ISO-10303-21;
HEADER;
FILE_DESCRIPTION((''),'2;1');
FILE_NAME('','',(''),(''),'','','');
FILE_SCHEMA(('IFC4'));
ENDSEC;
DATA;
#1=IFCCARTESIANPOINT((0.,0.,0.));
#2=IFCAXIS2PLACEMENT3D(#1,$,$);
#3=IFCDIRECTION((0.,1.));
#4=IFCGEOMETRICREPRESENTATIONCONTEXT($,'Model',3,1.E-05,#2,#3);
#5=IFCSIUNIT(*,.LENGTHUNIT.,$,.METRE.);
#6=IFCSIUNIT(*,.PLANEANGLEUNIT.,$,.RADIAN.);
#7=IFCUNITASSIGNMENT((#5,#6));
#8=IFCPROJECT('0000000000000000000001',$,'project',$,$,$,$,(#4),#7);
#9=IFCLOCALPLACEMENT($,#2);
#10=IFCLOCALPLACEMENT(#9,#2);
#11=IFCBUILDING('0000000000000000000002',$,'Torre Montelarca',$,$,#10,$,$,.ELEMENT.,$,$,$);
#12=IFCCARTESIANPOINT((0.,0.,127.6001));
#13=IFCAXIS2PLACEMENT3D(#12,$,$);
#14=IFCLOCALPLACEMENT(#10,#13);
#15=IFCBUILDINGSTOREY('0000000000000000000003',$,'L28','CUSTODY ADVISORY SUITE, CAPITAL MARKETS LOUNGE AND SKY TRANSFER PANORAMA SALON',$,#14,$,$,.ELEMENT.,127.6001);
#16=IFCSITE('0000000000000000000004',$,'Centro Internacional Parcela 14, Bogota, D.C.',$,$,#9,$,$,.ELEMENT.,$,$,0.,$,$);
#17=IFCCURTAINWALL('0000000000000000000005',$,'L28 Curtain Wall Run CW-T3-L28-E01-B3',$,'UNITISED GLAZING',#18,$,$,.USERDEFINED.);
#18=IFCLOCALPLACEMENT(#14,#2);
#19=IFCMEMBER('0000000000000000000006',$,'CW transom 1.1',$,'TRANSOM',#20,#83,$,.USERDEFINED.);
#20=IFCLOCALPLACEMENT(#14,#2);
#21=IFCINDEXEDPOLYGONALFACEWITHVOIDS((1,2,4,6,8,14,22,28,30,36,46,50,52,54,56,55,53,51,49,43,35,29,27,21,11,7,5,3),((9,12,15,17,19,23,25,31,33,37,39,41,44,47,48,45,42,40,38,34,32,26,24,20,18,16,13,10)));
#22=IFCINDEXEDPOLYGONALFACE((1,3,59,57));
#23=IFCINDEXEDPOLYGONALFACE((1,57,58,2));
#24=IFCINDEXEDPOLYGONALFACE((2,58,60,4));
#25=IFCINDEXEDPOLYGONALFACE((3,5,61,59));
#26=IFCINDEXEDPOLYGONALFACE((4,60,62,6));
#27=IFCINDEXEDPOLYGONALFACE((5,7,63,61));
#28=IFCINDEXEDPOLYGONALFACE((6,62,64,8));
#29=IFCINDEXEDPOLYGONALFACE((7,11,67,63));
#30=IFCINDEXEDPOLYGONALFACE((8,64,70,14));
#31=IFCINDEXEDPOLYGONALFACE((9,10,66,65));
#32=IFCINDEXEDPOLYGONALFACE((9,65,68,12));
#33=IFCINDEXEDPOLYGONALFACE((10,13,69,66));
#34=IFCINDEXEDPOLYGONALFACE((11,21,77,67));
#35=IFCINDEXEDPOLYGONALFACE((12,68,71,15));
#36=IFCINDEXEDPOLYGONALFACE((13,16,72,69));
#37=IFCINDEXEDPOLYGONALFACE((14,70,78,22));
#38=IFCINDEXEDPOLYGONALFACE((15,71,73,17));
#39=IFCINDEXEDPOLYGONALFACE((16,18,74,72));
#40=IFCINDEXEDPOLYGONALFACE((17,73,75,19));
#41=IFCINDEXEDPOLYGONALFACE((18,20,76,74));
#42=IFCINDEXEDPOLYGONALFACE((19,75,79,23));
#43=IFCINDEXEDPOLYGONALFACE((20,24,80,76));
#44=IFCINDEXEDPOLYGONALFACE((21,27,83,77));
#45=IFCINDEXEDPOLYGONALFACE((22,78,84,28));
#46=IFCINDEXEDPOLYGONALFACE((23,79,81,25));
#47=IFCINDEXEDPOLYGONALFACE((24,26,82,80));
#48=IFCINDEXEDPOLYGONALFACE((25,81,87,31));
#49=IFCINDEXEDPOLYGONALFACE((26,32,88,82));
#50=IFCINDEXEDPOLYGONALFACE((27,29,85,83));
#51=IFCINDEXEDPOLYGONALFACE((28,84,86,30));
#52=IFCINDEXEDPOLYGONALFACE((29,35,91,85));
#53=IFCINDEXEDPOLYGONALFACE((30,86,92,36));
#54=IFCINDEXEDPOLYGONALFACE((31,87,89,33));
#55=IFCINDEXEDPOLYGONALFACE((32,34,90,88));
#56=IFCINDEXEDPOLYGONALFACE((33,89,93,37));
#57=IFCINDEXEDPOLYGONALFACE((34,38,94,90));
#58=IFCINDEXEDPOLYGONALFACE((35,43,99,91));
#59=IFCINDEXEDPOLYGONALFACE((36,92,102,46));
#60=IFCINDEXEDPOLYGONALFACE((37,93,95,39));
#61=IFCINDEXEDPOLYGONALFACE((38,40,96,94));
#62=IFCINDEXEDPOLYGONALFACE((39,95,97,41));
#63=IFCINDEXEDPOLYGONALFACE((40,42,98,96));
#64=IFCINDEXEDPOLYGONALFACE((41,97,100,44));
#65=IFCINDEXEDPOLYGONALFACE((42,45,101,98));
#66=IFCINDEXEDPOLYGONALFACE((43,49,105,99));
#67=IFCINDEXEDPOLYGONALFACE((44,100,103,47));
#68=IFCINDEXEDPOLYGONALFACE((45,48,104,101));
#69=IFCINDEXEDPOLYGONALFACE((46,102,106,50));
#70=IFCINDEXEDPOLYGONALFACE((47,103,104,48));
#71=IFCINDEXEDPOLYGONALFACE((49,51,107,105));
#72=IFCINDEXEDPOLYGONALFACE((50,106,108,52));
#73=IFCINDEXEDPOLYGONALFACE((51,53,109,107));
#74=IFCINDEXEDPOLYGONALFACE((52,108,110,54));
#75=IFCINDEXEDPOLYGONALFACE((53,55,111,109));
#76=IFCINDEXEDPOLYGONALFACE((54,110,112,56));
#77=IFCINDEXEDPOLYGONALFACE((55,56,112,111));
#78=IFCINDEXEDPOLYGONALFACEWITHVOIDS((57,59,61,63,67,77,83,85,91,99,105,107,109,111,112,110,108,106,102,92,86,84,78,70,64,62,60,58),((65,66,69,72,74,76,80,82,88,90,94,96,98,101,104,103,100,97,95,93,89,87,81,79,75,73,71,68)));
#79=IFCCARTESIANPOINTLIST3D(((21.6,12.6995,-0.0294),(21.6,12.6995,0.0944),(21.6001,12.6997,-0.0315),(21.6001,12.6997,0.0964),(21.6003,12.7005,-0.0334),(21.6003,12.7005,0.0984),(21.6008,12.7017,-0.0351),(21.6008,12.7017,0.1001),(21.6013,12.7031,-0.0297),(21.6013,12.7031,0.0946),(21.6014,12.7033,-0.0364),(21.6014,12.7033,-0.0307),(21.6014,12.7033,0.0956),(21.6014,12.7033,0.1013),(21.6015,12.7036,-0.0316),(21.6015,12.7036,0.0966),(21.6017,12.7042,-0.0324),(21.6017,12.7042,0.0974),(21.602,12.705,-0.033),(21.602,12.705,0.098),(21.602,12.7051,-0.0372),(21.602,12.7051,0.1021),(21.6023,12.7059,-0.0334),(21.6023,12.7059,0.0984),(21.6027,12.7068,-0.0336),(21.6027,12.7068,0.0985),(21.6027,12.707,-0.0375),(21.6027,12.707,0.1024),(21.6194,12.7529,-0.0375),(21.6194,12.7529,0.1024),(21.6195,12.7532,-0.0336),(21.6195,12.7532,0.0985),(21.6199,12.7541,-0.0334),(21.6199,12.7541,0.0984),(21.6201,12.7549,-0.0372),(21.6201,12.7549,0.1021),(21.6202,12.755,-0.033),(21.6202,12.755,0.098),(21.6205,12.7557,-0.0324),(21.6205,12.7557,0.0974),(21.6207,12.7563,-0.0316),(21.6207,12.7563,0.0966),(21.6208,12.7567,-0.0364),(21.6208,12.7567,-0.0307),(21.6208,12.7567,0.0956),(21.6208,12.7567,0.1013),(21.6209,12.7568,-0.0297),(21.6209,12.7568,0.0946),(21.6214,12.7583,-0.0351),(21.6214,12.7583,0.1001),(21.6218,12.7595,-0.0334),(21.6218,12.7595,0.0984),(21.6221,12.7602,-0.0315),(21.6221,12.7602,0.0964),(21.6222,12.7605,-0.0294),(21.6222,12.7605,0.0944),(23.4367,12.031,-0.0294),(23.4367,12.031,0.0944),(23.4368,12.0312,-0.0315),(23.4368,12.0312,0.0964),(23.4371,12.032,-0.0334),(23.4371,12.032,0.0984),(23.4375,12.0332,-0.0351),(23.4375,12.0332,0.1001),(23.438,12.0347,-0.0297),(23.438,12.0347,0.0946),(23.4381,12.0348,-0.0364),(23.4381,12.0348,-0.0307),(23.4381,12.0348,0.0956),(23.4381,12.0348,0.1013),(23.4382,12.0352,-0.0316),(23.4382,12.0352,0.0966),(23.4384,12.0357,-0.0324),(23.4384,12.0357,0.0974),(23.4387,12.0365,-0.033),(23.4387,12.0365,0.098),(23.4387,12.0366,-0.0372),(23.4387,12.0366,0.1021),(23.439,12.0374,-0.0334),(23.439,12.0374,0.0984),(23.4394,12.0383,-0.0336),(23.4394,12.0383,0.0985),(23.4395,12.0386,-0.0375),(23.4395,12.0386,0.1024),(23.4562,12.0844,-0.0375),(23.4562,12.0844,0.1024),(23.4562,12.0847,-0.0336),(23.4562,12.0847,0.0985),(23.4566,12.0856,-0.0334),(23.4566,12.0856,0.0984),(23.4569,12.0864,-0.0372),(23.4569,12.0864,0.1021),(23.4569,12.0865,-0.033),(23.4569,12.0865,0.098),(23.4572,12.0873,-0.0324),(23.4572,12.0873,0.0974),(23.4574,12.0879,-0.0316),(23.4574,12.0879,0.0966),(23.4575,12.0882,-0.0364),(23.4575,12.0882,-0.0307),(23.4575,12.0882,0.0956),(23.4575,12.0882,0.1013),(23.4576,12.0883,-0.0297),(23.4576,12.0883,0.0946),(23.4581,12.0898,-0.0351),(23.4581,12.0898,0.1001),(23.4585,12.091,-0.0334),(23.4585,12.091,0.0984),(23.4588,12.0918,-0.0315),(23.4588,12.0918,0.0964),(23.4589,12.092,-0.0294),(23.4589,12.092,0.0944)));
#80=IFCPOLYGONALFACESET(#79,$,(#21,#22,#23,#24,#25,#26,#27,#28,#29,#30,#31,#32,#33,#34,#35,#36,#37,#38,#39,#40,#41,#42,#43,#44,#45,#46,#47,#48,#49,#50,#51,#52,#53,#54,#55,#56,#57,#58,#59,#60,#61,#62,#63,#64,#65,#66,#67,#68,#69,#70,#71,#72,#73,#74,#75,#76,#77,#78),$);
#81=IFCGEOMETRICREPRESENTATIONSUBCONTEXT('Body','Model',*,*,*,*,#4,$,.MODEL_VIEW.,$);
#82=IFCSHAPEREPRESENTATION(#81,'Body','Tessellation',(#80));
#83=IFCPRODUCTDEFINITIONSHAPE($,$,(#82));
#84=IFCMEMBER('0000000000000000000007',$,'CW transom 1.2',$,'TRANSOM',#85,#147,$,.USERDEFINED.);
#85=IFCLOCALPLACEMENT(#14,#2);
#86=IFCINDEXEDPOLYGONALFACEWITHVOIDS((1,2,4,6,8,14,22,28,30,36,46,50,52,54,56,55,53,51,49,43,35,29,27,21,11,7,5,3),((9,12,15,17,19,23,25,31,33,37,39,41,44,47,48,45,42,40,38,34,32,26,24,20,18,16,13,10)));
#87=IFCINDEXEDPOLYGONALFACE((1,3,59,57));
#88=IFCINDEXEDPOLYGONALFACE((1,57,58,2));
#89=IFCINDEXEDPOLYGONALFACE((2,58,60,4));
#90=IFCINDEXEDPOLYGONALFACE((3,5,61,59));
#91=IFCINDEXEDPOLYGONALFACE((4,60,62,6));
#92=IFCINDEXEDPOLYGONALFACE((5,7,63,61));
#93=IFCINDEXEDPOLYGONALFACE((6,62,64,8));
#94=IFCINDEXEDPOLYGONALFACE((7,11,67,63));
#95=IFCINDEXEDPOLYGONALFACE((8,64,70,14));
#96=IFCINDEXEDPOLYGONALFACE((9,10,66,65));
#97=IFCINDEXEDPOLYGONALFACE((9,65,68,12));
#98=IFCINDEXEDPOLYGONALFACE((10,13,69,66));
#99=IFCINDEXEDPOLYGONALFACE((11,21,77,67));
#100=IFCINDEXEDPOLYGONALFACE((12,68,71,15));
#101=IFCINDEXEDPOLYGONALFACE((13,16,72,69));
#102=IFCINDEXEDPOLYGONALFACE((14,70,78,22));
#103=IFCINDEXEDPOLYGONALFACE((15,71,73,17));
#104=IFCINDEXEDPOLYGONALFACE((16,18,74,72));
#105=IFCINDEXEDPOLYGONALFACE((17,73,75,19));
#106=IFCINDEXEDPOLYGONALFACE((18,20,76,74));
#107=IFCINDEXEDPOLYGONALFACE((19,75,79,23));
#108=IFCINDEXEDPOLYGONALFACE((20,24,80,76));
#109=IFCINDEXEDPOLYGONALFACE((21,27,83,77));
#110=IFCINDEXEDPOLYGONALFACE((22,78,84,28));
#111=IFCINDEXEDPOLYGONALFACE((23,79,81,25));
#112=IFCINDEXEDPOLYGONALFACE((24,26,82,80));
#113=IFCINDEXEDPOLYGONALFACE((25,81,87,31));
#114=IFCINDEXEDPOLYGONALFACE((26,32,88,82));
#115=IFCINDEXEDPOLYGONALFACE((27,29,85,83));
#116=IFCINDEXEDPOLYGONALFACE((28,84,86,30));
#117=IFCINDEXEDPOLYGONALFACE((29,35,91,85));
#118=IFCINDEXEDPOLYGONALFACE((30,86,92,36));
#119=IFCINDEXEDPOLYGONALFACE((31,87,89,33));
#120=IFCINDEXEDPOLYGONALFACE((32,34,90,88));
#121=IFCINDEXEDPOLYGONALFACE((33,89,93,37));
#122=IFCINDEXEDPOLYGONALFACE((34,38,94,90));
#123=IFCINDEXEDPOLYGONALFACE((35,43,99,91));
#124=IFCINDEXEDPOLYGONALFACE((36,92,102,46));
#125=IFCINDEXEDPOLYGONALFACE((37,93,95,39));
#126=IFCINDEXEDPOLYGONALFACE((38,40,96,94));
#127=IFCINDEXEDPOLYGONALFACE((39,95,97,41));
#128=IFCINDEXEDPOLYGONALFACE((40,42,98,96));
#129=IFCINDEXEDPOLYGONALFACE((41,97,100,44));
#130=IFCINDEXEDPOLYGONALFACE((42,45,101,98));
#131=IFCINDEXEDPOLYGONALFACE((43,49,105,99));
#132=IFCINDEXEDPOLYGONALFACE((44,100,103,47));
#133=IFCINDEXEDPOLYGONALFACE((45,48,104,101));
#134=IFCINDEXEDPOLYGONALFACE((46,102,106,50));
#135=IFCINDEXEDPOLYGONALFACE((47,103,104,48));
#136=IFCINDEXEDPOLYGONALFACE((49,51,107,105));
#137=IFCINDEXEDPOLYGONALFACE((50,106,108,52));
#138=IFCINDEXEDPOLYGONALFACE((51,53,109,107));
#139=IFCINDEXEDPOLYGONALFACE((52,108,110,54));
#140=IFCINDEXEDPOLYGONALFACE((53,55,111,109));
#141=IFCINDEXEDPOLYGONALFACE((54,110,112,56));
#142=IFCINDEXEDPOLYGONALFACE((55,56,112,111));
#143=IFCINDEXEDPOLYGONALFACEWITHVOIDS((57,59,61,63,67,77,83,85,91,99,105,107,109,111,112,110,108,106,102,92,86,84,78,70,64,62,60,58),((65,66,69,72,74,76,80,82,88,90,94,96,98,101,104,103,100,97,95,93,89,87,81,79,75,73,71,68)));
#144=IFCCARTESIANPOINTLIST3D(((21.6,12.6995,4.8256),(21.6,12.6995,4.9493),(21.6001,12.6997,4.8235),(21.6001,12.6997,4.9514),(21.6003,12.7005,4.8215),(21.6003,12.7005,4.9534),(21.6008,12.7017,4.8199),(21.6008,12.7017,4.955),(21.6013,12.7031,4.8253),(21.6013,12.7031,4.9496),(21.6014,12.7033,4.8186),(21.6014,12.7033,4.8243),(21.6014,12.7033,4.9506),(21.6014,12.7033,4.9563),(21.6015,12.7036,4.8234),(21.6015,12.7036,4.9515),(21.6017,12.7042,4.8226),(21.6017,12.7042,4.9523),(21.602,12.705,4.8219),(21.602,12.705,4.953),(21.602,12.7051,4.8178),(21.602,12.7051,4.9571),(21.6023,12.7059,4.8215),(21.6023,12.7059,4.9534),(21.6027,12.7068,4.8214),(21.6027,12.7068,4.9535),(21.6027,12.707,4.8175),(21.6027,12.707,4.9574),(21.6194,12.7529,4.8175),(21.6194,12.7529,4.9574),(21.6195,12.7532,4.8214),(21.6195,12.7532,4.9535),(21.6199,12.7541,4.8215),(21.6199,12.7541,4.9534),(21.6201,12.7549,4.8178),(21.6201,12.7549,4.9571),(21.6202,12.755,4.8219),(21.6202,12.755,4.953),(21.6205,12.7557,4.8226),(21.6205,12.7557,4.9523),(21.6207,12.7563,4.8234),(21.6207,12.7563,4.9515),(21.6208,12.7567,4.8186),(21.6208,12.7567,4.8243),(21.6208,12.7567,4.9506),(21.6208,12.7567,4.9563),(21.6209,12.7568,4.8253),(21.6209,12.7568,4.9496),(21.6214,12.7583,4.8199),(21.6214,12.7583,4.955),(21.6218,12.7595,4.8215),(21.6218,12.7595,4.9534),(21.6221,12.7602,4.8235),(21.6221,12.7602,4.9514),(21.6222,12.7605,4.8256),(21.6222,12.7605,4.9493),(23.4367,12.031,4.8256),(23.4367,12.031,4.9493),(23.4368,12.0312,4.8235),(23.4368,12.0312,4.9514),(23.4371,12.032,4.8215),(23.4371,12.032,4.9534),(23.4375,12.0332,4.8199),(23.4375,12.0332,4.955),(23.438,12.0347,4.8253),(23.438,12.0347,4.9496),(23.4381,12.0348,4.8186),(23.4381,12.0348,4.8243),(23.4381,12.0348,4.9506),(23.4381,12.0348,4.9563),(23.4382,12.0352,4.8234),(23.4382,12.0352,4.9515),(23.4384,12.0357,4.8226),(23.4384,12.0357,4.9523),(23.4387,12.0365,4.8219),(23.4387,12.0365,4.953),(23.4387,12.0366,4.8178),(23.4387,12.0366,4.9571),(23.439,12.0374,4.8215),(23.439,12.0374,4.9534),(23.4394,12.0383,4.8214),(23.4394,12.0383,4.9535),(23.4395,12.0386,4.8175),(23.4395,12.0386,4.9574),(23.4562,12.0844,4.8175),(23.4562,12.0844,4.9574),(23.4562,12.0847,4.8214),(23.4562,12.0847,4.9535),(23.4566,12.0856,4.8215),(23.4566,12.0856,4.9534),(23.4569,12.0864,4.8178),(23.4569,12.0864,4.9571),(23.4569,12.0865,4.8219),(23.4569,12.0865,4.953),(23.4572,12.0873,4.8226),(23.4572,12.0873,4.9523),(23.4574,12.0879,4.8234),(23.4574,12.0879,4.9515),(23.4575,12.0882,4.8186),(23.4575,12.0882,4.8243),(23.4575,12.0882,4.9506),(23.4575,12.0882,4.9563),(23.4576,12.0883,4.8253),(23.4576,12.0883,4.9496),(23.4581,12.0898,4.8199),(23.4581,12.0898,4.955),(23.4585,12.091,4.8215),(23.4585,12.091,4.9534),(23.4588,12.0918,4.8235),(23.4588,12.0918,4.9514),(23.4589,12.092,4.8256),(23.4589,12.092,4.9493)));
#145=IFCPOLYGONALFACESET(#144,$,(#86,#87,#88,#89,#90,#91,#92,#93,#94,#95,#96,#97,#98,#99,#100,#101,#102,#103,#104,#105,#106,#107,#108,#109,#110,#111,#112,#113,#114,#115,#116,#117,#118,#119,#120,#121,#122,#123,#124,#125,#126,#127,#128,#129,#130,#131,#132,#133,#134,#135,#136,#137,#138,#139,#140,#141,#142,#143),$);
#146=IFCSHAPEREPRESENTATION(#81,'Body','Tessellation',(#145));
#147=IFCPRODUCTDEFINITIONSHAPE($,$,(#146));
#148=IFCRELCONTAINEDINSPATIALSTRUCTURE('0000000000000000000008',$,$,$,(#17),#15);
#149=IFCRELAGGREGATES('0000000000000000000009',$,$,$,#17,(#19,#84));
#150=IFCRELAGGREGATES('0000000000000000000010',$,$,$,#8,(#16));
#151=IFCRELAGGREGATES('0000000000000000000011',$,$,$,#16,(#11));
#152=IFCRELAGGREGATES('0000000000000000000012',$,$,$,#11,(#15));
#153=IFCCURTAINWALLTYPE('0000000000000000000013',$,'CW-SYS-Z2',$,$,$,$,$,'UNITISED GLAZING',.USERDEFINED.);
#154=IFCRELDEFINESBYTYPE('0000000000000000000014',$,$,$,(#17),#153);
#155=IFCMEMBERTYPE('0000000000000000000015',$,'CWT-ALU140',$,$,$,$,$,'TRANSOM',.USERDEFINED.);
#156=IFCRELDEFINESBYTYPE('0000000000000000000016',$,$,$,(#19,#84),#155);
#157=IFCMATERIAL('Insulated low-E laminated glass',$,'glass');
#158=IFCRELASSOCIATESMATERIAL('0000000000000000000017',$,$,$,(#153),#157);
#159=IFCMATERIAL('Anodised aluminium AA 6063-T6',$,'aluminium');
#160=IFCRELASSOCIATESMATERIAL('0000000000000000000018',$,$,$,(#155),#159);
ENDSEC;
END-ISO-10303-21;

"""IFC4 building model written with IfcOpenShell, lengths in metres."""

from ifc_helpers import new_model, si_unit, direction, frame, origin, origin_2d, place, context, subcontext, project, spatial, hollow_rectangle, extrude, source, transform, mapped, material, material_profile, profile_set, type_object, element, aggregate, save


model = new_model("IFC4")

# Units and contexts
model_context = context("Model", 3, precision=1e-05, world=origin(), true_north=direction((0.0, 1.0)))
body_context = subcontext(model_context, "Body", "Model", "MODEL_VIEW")
ifc_project = project(units=[si_unit("LENGTHUNIT", "METRE"), si_unit("PLANEANGLEUNIT", "RADIAN")], contexts=[model_context])

# Site, building, storey
site_placement = place(None, origin())
site = spatial("IfcSite", under=ifc_project, at=site_placement, Name="Centro Internacional Parcela 14, Bogota, D.C.", CompositionType="ELEMENT", RefElevation=0.0)
building_placement = place(site_placement, origin())
building = spatial("IfcBuilding", under=site, at=building_placement, Name="Torre Montelarca", CompositionType="ELEMENT")
storey_placement = place(building_placement, frame((0.0, 0.0, 127.6001)))
storey = spatial("IfcBuildingStorey", under=building, at=storey_placement, Name="L28", Description="CUSTODY ADVISORY SUITE, CAPITAL MARKETS LOUNGE AND SKY TRANSFER PANORAMA SALON", CompositionType="ELEMENT", Elevation=127.6001)

# Shared definitions
ifc_material_1 = material(Name="Insulated low-E laminated glass", Category="glass")
curtain_wall_type = type_object("IfcCurtainWallType", Name="CW-SYS-Z2", ElementType="UNITISED GLAZING", PredefinedType="USERDEFINED", material=ifc_material_1)
ifc_material_2 = material(Name="Anodised aluminium AA 6063-T6", Category="aluminium")

# Curtain wall
curtain_wall_1_placement = place(storey_placement, origin())
curtain_wall_1 = element("IfcCurtainWall", 1, at=curtain_wall_1_placement, inside=storey, type_object=curtain_wall_type, Name="L28 Curtain Wall Run CW-T3-L28-E01-B3", ObjectType="UNITISED GLAZING", PredefinedType="USERDEFINED")

# Members
ifc_material_profile_1 = material_profile(ifc_material_2, hollow_rectangle(XDim=0.0649, YDim=0.1399, WallThickness=0.0039, InnerFilletRadius=0.0039, OuterFilletRadius=0.0081, at=origin_2d()), Name="ALU65X140X4", Category="aluminium")
ifc_profile_set_1 = profile_set([ifc_material_profile_1], Name="Anodised aluminium AA 6063-T6")
member_type_1 = type_object("IfcMemberType", Name="CWT-ALU140", ElementType="TRANSOM", PredefinedType="USERDEFINED", material=ifc_profile_set_1)
shared_shape_1 = source(origin(), body_context, "Body", "SweptSolid", [
    extrude(hollow_rectangle(XDim=0.0649, YDim=0.1399, WallThickness=0.0039, InnerFilletRadius=0.0039, OuterFilletRadius=0.0081, at=origin_2d()), origin(), (0.0, 0.0, 1.0), 1.9546),
])
member_1_placement = place(storey_placement, frame((21.6111, 12.73, 0.0325), z_axis=(0.939699, -0.342004, 0.0), x_axis=(0.342004, 0.939699, 0.0)))
member_1 = element("IfcMember", 2, at=member_1_placement, type_object=member_type_1, Name="CW transom 1.1", ObjectType="TRANSOM", PredefinedType="USERDEFINED", context=body_context, shape_type="MappedRepresentation", body=[
    mapped(shared_shape_1, transform((0.0, 0.0, 0.0), scale=1.0)),
])
member_2_placement = place(storey_placement, frame((21.6111, 12.73, 4.8875), z_axis=(0.939699, -0.342004, 0.0), x_axis=(0.342004, 0.939699, 0.0)))
member_2 = element("IfcMember", 3, at=member_2_placement, type_object=member_type_1, Name="CW transom 1.2", ObjectType="TRANSOM", PredefinedType="USERDEFINED", context=body_context, shape_type="MappedRepresentation", body=[
    mapped(shared_shape_1, transform((0.0, 0.0, 0.0), scale=1.0)),
])

aggregate(curtain_wall_1, [member_1, member_2])

save(model, "model.ifc")
